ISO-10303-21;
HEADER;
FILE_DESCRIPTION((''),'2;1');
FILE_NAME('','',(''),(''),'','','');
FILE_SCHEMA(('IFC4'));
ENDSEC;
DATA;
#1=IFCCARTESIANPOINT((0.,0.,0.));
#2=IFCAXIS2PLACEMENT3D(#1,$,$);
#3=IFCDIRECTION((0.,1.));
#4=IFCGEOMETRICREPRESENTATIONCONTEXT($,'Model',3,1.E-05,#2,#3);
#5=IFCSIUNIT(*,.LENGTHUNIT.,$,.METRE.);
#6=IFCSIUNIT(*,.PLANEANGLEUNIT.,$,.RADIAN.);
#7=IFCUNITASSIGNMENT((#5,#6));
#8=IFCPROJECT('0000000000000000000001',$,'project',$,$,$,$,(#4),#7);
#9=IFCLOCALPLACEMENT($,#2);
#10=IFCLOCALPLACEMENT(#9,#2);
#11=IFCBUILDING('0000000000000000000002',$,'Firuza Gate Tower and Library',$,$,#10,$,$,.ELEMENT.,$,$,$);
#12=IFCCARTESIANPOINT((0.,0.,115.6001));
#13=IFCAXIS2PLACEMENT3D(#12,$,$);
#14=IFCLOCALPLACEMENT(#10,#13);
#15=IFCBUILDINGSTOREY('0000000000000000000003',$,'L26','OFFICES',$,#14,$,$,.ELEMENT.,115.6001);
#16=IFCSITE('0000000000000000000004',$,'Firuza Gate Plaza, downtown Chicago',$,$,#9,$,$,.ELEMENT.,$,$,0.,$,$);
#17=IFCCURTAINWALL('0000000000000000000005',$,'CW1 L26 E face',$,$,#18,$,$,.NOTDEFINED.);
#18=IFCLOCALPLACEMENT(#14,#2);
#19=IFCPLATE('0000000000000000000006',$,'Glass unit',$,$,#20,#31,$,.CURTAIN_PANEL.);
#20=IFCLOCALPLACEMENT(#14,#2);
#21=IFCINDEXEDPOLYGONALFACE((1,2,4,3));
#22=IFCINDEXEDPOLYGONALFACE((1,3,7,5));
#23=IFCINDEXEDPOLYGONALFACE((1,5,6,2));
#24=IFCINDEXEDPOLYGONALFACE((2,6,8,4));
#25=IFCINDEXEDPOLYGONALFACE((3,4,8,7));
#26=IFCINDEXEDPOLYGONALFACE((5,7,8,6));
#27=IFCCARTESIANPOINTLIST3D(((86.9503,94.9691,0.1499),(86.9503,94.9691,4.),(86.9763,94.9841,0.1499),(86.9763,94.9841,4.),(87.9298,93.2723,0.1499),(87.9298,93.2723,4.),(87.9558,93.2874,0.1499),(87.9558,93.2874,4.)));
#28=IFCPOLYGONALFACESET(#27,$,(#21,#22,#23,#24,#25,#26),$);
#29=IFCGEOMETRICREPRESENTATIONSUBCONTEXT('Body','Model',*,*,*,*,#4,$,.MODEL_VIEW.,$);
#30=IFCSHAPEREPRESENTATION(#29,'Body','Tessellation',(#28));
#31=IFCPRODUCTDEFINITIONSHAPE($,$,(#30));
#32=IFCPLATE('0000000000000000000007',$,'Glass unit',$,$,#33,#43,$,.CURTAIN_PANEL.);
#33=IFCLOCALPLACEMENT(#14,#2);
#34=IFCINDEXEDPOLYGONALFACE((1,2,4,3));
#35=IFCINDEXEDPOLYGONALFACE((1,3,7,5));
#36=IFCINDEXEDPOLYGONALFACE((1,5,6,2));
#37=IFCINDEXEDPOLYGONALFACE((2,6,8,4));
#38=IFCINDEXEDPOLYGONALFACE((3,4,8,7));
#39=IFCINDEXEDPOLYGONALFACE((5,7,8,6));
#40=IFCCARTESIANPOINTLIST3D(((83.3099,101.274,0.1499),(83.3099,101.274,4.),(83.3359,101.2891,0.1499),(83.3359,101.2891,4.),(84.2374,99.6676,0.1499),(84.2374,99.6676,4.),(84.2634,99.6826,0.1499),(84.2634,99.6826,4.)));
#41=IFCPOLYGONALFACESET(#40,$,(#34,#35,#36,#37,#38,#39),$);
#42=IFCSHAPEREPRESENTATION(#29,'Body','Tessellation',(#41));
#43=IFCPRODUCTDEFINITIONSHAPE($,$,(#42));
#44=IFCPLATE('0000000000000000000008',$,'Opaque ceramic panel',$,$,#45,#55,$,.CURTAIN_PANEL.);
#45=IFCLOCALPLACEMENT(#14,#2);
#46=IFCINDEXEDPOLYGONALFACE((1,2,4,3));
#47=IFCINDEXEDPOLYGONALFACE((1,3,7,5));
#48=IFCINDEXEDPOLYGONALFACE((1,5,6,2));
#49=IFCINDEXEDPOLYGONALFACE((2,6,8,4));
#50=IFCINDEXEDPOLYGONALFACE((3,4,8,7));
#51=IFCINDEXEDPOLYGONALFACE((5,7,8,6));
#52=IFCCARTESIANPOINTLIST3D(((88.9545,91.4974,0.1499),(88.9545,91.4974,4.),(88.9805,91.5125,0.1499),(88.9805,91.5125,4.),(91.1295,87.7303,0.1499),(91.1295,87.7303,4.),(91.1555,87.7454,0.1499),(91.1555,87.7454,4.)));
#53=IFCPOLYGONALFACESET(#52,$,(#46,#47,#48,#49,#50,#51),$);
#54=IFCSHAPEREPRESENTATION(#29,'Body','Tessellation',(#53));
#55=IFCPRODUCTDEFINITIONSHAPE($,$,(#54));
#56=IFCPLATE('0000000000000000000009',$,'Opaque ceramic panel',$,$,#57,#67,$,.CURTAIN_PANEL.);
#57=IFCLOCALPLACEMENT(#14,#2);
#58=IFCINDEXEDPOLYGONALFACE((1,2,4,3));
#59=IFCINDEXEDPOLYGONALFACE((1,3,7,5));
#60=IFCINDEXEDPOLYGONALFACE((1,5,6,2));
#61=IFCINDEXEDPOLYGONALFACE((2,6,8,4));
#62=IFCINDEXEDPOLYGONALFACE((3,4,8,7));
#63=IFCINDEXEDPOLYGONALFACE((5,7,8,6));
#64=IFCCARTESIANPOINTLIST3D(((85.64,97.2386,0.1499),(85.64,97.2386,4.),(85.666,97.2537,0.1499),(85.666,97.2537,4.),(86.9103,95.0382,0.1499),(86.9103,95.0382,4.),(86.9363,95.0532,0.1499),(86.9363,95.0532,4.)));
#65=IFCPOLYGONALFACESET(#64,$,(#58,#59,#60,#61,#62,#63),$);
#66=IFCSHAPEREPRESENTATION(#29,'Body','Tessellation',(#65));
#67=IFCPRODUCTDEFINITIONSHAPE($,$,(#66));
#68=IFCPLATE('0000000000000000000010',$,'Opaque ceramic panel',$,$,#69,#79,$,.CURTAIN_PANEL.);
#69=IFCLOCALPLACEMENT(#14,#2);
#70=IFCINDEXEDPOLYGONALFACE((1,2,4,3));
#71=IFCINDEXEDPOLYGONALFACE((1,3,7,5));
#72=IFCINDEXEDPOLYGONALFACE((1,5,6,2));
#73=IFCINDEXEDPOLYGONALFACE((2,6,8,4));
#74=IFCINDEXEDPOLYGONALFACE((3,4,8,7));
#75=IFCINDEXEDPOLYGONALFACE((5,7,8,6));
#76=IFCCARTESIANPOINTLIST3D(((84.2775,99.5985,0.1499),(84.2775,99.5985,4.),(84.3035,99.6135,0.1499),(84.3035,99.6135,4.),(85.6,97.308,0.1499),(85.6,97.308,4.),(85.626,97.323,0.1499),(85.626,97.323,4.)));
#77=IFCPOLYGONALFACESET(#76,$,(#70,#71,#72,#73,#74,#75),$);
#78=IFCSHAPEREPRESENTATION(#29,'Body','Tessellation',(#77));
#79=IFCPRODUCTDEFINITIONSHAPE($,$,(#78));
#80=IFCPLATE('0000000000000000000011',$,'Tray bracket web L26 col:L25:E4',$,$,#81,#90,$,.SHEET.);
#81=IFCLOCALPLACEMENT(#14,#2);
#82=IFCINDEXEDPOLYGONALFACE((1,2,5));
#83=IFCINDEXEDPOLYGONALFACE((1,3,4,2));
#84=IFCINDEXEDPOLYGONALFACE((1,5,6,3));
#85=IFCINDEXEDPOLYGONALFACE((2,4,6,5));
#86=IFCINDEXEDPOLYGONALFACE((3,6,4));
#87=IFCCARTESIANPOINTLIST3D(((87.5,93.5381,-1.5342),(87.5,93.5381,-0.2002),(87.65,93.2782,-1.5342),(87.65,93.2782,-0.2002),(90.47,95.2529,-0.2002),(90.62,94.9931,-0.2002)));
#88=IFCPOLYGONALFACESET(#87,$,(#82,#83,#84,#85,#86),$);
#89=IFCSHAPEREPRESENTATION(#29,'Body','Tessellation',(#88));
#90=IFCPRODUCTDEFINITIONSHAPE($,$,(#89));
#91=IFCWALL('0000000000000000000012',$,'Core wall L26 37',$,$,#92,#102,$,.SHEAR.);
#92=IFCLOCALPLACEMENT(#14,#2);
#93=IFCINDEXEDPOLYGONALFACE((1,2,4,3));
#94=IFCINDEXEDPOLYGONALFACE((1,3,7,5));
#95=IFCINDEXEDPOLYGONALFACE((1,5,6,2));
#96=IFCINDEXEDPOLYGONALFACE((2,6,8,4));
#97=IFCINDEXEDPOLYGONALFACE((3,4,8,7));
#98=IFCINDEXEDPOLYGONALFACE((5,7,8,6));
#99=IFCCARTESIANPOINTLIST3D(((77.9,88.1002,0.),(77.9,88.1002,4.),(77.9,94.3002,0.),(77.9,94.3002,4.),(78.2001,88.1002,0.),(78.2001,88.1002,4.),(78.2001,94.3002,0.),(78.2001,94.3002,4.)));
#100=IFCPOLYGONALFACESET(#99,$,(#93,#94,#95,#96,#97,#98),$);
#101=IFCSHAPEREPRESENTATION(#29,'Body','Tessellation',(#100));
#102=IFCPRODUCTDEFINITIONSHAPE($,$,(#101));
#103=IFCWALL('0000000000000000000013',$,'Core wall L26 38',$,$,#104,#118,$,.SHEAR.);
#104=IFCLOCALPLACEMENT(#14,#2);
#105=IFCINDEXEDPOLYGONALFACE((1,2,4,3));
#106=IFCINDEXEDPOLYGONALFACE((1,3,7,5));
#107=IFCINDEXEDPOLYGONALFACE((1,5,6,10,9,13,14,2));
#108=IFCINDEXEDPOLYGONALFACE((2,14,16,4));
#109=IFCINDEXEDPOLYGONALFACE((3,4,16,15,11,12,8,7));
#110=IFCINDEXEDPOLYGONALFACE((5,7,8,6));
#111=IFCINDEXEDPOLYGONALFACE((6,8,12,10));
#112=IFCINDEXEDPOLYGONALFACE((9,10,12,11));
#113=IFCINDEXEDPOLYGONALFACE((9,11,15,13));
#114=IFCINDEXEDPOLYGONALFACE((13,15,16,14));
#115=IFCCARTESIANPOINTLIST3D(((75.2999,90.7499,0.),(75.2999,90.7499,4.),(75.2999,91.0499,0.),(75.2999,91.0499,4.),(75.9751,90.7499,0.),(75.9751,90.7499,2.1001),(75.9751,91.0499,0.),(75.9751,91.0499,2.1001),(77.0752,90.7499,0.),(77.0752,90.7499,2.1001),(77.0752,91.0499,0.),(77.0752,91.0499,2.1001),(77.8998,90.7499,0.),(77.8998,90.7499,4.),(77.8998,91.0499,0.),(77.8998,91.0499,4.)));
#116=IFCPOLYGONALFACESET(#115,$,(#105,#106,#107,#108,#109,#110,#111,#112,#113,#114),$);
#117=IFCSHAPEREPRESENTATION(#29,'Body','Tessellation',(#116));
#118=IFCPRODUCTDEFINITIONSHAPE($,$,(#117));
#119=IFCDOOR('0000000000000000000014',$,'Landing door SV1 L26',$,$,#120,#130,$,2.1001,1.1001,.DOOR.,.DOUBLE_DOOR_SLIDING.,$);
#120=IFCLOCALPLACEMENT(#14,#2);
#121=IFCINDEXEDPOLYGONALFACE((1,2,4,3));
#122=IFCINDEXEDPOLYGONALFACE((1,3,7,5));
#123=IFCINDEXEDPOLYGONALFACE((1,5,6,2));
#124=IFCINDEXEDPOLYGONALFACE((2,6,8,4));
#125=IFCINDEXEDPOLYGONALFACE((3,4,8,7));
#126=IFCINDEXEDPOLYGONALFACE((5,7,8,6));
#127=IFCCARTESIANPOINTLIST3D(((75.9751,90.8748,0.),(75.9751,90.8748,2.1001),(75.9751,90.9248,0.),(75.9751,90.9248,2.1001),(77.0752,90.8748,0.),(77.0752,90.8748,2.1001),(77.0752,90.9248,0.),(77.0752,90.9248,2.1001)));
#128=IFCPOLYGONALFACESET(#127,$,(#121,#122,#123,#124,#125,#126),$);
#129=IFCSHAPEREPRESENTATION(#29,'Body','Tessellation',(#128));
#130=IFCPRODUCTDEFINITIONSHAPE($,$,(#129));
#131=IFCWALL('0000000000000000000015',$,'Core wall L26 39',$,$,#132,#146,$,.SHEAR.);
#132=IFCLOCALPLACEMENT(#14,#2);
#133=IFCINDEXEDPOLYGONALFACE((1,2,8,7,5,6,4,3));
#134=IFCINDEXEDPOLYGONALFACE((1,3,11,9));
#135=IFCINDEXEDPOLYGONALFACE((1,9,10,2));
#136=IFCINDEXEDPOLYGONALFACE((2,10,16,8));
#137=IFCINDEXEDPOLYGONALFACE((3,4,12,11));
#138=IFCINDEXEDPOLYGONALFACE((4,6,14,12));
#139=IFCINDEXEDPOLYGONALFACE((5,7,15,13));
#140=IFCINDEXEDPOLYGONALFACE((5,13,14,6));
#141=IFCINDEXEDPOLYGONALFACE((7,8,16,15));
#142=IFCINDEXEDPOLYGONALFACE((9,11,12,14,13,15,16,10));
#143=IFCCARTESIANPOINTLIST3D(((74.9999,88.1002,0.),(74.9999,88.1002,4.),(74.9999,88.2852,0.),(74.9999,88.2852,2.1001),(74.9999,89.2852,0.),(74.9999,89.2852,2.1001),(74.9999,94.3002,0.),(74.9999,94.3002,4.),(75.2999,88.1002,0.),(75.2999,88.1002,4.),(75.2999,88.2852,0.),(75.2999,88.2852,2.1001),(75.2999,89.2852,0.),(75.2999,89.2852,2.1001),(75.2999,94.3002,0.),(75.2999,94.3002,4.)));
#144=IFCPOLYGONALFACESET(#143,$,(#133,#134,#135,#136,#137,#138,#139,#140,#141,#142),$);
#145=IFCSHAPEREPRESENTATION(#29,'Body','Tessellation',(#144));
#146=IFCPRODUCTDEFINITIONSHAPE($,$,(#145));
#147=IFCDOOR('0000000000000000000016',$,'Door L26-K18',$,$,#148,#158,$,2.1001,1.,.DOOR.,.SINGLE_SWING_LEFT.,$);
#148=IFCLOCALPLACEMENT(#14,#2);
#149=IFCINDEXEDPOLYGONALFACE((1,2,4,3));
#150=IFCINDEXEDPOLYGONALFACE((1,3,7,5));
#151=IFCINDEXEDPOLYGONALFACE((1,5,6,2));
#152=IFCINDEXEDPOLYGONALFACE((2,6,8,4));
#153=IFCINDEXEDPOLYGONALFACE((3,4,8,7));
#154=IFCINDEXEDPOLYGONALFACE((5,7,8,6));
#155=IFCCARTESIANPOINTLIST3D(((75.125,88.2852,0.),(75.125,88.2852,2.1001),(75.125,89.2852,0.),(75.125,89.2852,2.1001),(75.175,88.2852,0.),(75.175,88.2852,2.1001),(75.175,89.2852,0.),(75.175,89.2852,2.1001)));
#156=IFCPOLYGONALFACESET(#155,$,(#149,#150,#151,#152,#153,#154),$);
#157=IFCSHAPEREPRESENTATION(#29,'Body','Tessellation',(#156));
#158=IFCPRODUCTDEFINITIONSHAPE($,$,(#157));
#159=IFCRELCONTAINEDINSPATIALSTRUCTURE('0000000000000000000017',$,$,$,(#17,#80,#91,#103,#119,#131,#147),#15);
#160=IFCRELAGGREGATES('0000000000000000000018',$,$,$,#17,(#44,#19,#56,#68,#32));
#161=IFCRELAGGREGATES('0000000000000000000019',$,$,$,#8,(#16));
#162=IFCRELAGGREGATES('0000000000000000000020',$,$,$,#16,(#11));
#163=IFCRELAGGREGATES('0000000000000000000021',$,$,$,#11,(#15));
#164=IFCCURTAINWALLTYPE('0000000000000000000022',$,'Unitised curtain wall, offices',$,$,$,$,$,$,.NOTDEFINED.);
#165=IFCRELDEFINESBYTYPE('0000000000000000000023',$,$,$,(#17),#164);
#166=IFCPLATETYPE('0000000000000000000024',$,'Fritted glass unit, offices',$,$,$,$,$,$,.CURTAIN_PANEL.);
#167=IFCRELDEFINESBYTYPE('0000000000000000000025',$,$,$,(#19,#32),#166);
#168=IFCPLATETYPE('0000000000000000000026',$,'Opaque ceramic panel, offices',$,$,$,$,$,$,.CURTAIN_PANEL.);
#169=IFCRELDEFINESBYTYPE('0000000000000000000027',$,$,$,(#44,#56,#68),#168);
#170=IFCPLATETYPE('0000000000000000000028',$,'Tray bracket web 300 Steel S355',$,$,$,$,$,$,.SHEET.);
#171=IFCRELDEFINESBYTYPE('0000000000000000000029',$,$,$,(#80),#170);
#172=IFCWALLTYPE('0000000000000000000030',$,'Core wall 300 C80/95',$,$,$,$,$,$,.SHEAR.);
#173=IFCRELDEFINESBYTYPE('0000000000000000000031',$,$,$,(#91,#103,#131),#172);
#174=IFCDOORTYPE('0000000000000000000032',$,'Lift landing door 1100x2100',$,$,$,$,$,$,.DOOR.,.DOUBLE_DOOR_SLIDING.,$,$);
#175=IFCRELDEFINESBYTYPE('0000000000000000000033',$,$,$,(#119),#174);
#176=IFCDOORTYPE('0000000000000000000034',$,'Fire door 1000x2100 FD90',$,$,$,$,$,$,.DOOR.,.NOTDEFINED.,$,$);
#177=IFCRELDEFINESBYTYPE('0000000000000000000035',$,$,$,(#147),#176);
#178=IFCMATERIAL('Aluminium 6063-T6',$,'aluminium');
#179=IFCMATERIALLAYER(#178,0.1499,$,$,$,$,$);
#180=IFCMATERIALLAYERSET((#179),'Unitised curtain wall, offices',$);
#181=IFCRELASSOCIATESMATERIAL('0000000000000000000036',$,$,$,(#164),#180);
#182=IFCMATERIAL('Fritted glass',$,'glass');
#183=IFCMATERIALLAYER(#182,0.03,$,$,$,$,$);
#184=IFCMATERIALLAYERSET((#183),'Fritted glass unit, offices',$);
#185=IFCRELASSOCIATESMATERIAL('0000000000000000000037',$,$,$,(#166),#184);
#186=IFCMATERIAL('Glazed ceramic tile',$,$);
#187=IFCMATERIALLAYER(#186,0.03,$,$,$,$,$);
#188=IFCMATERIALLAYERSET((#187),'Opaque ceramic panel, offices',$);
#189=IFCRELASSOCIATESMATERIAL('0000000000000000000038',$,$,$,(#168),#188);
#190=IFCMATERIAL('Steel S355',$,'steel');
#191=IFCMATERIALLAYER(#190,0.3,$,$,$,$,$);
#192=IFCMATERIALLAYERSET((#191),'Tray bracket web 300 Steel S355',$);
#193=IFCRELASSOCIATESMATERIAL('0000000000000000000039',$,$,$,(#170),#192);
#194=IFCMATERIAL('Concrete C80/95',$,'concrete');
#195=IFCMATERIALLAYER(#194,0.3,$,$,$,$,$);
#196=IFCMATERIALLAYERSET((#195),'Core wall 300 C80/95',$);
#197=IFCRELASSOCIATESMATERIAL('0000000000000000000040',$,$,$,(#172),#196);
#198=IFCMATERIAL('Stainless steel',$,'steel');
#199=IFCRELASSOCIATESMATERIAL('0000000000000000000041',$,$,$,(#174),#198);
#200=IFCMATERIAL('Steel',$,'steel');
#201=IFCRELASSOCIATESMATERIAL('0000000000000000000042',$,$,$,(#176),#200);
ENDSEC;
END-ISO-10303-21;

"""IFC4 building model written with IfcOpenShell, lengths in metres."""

from ifc_helpers import new_model, si_unit, direction, frame, frame_2d, origin, place, context, subcontext, project, spatial, polyline, rectangle, outline, extrude, material, layer, layer_set, type_object, element, fill, aggregate, save


model = new_model("IFC4")

# Units and contexts
model_context = context("Model", 3, precision=1e-05, world=origin(), true_north=direction((0.0, 1.0)))
body_context = subcontext(model_context, "Body", "Model", "MODEL_VIEW")
ifc_project = project(units=[si_unit("LENGTHUNIT", "METRE"), si_unit("PLANEANGLEUNIT", "RADIAN")], contexts=[model_context])

# Site, building, storey
site_placement = place(None, origin())
site = spatial("IfcSite", under=ifc_project, at=site_placement, Name="Firuza Gate Plaza, downtown Chicago", CompositionType="ELEMENT", RefElevation=0.0)
building_placement = place(site_placement, origin())
building = spatial("IfcBuilding", under=site, at=building_placement, Name="Firuza Gate Tower and Library", CompositionType="ELEMENT")
storey_placement = place(building_placement, frame((0.0, 0.0, 115.6001)))
storey = spatial("IfcBuildingStorey", under=building, at=storey_placement, Name="L26", Description="OFFICES", CompositionType="ELEMENT", Elevation=115.6001)

# Curtain wall
ifc_material_1 = material(Name="Aluminium 6063-T6", Category="aluminium")
ifc_layer_1 = layer(ifc_material_1, 0.1499)
ifc_layer_set_1 = layer_set([ifc_layer_1], Name="Unitised curtain wall, offices")
curtain_wall_type = type_object("IfcCurtainWallType", Name="Unitised curtain wall, offices", PredefinedType="NOTDEFINED", material=ifc_layer_set_1)
curtain_wall_placement = place(storey_placement, origin())
curtain_wall = element("IfcCurtainWall", 1, at=curtain_wall_placement, inside=storey, type_object=curtain_wall_type, Name="CW1 L26 E face", PredefinedType="NOTDEFINED")

# Plates
ifc_material_2 = material(Name="Fritted glass", Category="glass")
ifc_layer_2 = layer(ifc_material_2, 0.03)
ifc_layer_set_2 = layer_set([ifc_layer_2], Name="Fritted glass unit, offices")
plate_type_1 = type_object("IfcPlateType", Name="Fritted glass unit, offices", PredefinedType="CURTAIN_PANEL", material=ifc_layer_set_2)
plate_1_placement = place(storey_placement, frame((87.9558, 93.2874, 0.1499), z_axis=(0.866057, 0.499945, 0.0), x_axis=(-0.499945, 0.866057, 0.0)))
plate_1 = element("IfcPlate", 2, at=plate_1_placement, type_object=plate_type_1, Name="Glass unit", PredefinedType="CURTAIN_PANEL", context=body_context, shape_type="SweptSolid", body=[
    extrude(outline(polyline([(0.0, 0.0), (1.9592, 0.0), (1.9592, 3.8501), (0.0, 3.8501), (0.0, 0.0)])), origin(), (0.0, 0.0, -1.0), 0.03),
])
plate_2_placement = place(storey_placement, frame((84.2634, 99.6826, 0.1499), z_axis=(0.866023, 0.500003, 0.0), x_axis=(-0.500003, 0.866023, 0.0)))
plate_2 = element("IfcPlate", 3, at=plate_2_placement, type_object=plate_type_1, Name="Glass unit", PredefinedType="CURTAIN_PANEL", context=body_context, shape_type="SweptSolid", body=[
    extrude(outline(polyline([(0.0, 0.0), (1.855, 0.0), (1.855, 3.8501), (0.0, 3.8501), (0.0, 0.0)])), origin(), (0.0, 0.0, -1.0), 0.03),
])
ifc_material_3 = material(Name="Glazed ceramic tile")
ifc_layer_3 = layer(ifc_material_3, 0.03)
ifc_layer_set_3 = layer_set([ifc_layer_3], Name="Opaque ceramic panel, offices")
plate_type_2 = type_object("IfcPlateType", Name="Opaque ceramic panel, offices", PredefinedType="CURTAIN_PANEL", material=ifc_layer_set_3)
plate_3_placement = place(storey_placement, frame((91.1555, 87.7454, 0.1499), z_axis=(0.866014, 0.50002, 0.0), x_axis=(-0.50002, 0.866014, 0.0)))
plate_3 = element("IfcPlate", 4, at=plate_3_placement, type_object=plate_type_2, Name="Opaque ceramic panel", PredefinedType="CURTAIN_PANEL", context=body_context, shape_type="SweptSolid", body=[
    extrude(outline(polyline([(0.0, 0.0), (4.3499, 0.0), (4.3499, 3.8501), (0.0, 3.8501), (0.0, 0.0)])), origin(), (0.0, 0.0, -1.0), 0.03),
])
plate_4_placement = place(storey_placement, frame((86.9363, 95.0532, 0.1499), z_axis=(0.866053, 0.499953, 0.0), x_axis=(-0.499953, 0.866053, 0.0)))
plate_4 = element("IfcPlate", 5, at=plate_4_placement, type_object=plate_type_2, Name="Opaque ceramic panel", PredefinedType="CURTAIN_PANEL", context=body_context, shape_type="SweptSolid", body=[
    extrude(outline(polyline([(0.0, 0.0), (2.5408, 0.0), (2.5408, 3.8501), (0.0, 3.8501), (0.0, 0.0)])), origin(), (0.0, 0.0, -1.0), 0.03),
])
plate_5_placement = place(storey_placement, frame((85.626, 97.323, 0.1499), z_axis=(0.866013, 0.500021, 0.0), x_axis=(-0.500021, 0.866013, 0.0)))
plate_5 = element("IfcPlate", 6, at=plate_5_placement, type_object=plate_type_2, Name="Opaque ceramic panel", PredefinedType="CURTAIN_PANEL", context=body_context, shape_type="SweptSolid", body=[
    extrude(outline(polyline([(0.0, 0.0), (2.6449, 0.0), (2.6449, 3.8501), (0.0, 3.8501), (0.0, 0.0)])), origin(), (0.0, 0.0, -1.0), 0.03),
])
aggregate(curtain_wall, [plate_3, plate_1, plate_4, plate_5, plate_2])
ifc_material_4 = material(Name="Steel S355", Category="steel")
ifc_layer_4 = layer(ifc_material_4, 0.3)
ifc_layer_set_4 = layer_set([ifc_layer_4], Name="Tray bracket web 300 Steel S355")
plate_type_3 = type_object("IfcPlateType", Name="Tray bracket web 300 Steel S355", PredefinedType="SHEET", material=ifc_layer_set_4)
plate_6_placement = place(storey_placement, frame((87.5, 93.5381, -0.2002), z_axis=(-0.500029, 0.866009, 0.0), x_axis=(0.866009, 0.500029, 0.0)))
element("IfcPlate", 7, at=plate_6_placement, inside=storey, type_object=plate_type_3, Name="Tray bracket web L26 col:L25:E4", PredefinedType="SHEET", context=body_context, shape_type="SweptSolid", body=[
    extrude(outline(polyline([(0.0, 0.0), (3.4295, 0.0), (0.0, 1.334), (0.0, 0.0)])), origin(), (0.0, 0.0, -1.0), 0.3),
])

# Wall
ifc_material_5 = material(Name="Concrete C80/95", Category="concrete")
ifc_layer_5 = layer(ifc_material_5, 0.3)
ifc_layer_set_5 = layer_set([ifc_layer_5], Name="Core wall 300 C80/95")
wall_type_1 = type_object("IfcWallType", Name="Core wall 300 C80/95", PredefinedType="SHEAR", material=ifc_layer_set_5)
wall_1_placement = place(storey_placement, frame((78.05, 88.1001, 0.0), z_axis=(0.0, 0.0, 1.0), x_axis=(0.0, 1.0, 0.0)))
element("IfcWall", 8, at=wall_1_placement, inside=storey, type_object=wall_type_1, Name="Core wall L26 37", PredefinedType="SHEAR", context=body_context, shape_type="SweptSolid", body=[
    extrude(rectangle(XDim=6.2, YDim=0.3, at=frame_2d((3.1001, 0.0))), origin(), (0.0, 0.0, 1.0), 4.0),
])

# Walls, openings, doors
wall_2_placement = place(storey_placement, frame((75.3, 90.8999, 0.0), z_axis=(0.0, 0.0, 1.0), x_axis=(1.0, 0.0, 0.0)))
wall_2 = element("IfcWall", 9, at=wall_2_placement, inside=storey, type_object=wall_type_1, Name="Core wall L26 38", PredefinedType="SHEAR", context=body_context, shape_type="SweptSolid", body=[
    extrude(rectangle(XDim=2.5999, YDim=0.3, at=frame_2d((1.2998, 0.0))), origin(), (0.0, 0.0, 1.0), 4.0),
])
opening_1_placement = place(wall_2_placement, frame((0.675, 0.0, 0.0)))
opening_1 = element("IfcOpeningElement", 10, at=opening_1_placement, cuts=wall_2, PredefinedType="OPENING", context=body_context, shape_type="SweptSolid", body=[
    extrude(rectangle(XDim=1.1001, YDim=2.1001, at=frame_2d((0.55, 1.05))), frame((0.0, 0.1602, 0.0), z_axis=(0.0, -1.0, 0.0), x_axis=(1.0, 0.0, 0.0)), (0.0, 0.0, 1.0), 0.3201),
])
ifc_material_6 = material(Name="Stainless steel", Category="steel")
door_type_1 = type_object("IfcDoorType", Name="Lift landing door 1100x2100", OperationType="DOUBLE_DOOR_SLIDING", PredefinedType="DOOR", material=ifc_material_6)
door_1_placement = place(opening_1_placement, origin())
door_1 = element("IfcDoor", 11, at=door_1_placement, inside=storey, type_object=door_type_1, Name="Landing door SV1 L26", OperationType="DOUBLE_DOOR_SLIDING", OverallHeight=2.1001, OverallWidth=1.1001, PredefinedType="DOOR", context=body_context, shape_type="SweptSolid", body=[
    extrude(rectangle(XDim=1.1001, YDim=2.1001, at=frame_2d((0.55, 1.05))), frame((0.0, 0.0249, 0.0), z_axis=(0.0, -1.0, 0.0), x_axis=(1.0, 0.0, 0.0)), (0.0, 0.0, 1.0), 0.05),
])
fill(opening_1, door_1)
wall_3_placement = place(storey_placement, frame((75.1499, 88.1001, 0.0), z_axis=(0.0, 0.0, 1.0), x_axis=(0.0, 1.0, 0.0)))
wall_3 = element("IfcWall", 12, at=wall_3_placement, inside=storey, type_object=wall_type_1, Name="Core wall L26 39", PredefinedType="SHEAR", context=body_context, shape_type="SweptSolid", body=[
    extrude(rectangle(XDim=6.2, YDim=0.3, at=frame_2d((3.1001, 0.0))), origin(), (0.0, 0.0, 1.0), 4.0),
])
opening_2_placement = place(wall_3_placement, frame((0.1851, 0.0, 0.0)))
opening_2 = element("IfcOpeningElement", 13, at=opening_2_placement, cuts=wall_3, PredefinedType="OPENING", context=body_context, shape_type="SweptSolid", body=[
    extrude(rectangle(XDim=1.0, YDim=2.1001, at=frame_2d((0.5, 1.05))), frame((0.0, 0.1602, 0.0), z_axis=(0.0, -1.0, 0.0), x_axis=(1.0, 0.0, 0.0)), (0.0, 0.0, 1.0), 0.3201),
])
ifc_material_7 = material(Name="Steel", Category="steel")
door_type_2 = type_object("IfcDoorType", Name="Fire door 1000x2100 FD90", OperationType="NOTDEFINED", PredefinedType="DOOR", material=ifc_material_7)
door_2_placement = place(opening_2_placement, origin())
door_2 = element("IfcDoor", 14, at=door_2_placement, inside=storey, type_object=door_type_2, Name="Door L26-K18", OperationType="SINGLE_SWING_LEFT", OverallHeight=2.1001, OverallWidth=1.0, PredefinedType="DOOR", context=body_context, shape_type="SweptSolid", body=[
    extrude(rectangle(XDim=1.0, YDim=2.1001, at=frame_2d((0.5, 1.05))), frame((0.0, 0.0249, 0.0), z_axis=(0.0, -1.0, 0.0), x_axis=(1.0, 0.0, 0.0)), (0.0, 0.0, 1.0), 0.05),
])
fill(opening_2, door_2)

save(model, "model.ifc")
